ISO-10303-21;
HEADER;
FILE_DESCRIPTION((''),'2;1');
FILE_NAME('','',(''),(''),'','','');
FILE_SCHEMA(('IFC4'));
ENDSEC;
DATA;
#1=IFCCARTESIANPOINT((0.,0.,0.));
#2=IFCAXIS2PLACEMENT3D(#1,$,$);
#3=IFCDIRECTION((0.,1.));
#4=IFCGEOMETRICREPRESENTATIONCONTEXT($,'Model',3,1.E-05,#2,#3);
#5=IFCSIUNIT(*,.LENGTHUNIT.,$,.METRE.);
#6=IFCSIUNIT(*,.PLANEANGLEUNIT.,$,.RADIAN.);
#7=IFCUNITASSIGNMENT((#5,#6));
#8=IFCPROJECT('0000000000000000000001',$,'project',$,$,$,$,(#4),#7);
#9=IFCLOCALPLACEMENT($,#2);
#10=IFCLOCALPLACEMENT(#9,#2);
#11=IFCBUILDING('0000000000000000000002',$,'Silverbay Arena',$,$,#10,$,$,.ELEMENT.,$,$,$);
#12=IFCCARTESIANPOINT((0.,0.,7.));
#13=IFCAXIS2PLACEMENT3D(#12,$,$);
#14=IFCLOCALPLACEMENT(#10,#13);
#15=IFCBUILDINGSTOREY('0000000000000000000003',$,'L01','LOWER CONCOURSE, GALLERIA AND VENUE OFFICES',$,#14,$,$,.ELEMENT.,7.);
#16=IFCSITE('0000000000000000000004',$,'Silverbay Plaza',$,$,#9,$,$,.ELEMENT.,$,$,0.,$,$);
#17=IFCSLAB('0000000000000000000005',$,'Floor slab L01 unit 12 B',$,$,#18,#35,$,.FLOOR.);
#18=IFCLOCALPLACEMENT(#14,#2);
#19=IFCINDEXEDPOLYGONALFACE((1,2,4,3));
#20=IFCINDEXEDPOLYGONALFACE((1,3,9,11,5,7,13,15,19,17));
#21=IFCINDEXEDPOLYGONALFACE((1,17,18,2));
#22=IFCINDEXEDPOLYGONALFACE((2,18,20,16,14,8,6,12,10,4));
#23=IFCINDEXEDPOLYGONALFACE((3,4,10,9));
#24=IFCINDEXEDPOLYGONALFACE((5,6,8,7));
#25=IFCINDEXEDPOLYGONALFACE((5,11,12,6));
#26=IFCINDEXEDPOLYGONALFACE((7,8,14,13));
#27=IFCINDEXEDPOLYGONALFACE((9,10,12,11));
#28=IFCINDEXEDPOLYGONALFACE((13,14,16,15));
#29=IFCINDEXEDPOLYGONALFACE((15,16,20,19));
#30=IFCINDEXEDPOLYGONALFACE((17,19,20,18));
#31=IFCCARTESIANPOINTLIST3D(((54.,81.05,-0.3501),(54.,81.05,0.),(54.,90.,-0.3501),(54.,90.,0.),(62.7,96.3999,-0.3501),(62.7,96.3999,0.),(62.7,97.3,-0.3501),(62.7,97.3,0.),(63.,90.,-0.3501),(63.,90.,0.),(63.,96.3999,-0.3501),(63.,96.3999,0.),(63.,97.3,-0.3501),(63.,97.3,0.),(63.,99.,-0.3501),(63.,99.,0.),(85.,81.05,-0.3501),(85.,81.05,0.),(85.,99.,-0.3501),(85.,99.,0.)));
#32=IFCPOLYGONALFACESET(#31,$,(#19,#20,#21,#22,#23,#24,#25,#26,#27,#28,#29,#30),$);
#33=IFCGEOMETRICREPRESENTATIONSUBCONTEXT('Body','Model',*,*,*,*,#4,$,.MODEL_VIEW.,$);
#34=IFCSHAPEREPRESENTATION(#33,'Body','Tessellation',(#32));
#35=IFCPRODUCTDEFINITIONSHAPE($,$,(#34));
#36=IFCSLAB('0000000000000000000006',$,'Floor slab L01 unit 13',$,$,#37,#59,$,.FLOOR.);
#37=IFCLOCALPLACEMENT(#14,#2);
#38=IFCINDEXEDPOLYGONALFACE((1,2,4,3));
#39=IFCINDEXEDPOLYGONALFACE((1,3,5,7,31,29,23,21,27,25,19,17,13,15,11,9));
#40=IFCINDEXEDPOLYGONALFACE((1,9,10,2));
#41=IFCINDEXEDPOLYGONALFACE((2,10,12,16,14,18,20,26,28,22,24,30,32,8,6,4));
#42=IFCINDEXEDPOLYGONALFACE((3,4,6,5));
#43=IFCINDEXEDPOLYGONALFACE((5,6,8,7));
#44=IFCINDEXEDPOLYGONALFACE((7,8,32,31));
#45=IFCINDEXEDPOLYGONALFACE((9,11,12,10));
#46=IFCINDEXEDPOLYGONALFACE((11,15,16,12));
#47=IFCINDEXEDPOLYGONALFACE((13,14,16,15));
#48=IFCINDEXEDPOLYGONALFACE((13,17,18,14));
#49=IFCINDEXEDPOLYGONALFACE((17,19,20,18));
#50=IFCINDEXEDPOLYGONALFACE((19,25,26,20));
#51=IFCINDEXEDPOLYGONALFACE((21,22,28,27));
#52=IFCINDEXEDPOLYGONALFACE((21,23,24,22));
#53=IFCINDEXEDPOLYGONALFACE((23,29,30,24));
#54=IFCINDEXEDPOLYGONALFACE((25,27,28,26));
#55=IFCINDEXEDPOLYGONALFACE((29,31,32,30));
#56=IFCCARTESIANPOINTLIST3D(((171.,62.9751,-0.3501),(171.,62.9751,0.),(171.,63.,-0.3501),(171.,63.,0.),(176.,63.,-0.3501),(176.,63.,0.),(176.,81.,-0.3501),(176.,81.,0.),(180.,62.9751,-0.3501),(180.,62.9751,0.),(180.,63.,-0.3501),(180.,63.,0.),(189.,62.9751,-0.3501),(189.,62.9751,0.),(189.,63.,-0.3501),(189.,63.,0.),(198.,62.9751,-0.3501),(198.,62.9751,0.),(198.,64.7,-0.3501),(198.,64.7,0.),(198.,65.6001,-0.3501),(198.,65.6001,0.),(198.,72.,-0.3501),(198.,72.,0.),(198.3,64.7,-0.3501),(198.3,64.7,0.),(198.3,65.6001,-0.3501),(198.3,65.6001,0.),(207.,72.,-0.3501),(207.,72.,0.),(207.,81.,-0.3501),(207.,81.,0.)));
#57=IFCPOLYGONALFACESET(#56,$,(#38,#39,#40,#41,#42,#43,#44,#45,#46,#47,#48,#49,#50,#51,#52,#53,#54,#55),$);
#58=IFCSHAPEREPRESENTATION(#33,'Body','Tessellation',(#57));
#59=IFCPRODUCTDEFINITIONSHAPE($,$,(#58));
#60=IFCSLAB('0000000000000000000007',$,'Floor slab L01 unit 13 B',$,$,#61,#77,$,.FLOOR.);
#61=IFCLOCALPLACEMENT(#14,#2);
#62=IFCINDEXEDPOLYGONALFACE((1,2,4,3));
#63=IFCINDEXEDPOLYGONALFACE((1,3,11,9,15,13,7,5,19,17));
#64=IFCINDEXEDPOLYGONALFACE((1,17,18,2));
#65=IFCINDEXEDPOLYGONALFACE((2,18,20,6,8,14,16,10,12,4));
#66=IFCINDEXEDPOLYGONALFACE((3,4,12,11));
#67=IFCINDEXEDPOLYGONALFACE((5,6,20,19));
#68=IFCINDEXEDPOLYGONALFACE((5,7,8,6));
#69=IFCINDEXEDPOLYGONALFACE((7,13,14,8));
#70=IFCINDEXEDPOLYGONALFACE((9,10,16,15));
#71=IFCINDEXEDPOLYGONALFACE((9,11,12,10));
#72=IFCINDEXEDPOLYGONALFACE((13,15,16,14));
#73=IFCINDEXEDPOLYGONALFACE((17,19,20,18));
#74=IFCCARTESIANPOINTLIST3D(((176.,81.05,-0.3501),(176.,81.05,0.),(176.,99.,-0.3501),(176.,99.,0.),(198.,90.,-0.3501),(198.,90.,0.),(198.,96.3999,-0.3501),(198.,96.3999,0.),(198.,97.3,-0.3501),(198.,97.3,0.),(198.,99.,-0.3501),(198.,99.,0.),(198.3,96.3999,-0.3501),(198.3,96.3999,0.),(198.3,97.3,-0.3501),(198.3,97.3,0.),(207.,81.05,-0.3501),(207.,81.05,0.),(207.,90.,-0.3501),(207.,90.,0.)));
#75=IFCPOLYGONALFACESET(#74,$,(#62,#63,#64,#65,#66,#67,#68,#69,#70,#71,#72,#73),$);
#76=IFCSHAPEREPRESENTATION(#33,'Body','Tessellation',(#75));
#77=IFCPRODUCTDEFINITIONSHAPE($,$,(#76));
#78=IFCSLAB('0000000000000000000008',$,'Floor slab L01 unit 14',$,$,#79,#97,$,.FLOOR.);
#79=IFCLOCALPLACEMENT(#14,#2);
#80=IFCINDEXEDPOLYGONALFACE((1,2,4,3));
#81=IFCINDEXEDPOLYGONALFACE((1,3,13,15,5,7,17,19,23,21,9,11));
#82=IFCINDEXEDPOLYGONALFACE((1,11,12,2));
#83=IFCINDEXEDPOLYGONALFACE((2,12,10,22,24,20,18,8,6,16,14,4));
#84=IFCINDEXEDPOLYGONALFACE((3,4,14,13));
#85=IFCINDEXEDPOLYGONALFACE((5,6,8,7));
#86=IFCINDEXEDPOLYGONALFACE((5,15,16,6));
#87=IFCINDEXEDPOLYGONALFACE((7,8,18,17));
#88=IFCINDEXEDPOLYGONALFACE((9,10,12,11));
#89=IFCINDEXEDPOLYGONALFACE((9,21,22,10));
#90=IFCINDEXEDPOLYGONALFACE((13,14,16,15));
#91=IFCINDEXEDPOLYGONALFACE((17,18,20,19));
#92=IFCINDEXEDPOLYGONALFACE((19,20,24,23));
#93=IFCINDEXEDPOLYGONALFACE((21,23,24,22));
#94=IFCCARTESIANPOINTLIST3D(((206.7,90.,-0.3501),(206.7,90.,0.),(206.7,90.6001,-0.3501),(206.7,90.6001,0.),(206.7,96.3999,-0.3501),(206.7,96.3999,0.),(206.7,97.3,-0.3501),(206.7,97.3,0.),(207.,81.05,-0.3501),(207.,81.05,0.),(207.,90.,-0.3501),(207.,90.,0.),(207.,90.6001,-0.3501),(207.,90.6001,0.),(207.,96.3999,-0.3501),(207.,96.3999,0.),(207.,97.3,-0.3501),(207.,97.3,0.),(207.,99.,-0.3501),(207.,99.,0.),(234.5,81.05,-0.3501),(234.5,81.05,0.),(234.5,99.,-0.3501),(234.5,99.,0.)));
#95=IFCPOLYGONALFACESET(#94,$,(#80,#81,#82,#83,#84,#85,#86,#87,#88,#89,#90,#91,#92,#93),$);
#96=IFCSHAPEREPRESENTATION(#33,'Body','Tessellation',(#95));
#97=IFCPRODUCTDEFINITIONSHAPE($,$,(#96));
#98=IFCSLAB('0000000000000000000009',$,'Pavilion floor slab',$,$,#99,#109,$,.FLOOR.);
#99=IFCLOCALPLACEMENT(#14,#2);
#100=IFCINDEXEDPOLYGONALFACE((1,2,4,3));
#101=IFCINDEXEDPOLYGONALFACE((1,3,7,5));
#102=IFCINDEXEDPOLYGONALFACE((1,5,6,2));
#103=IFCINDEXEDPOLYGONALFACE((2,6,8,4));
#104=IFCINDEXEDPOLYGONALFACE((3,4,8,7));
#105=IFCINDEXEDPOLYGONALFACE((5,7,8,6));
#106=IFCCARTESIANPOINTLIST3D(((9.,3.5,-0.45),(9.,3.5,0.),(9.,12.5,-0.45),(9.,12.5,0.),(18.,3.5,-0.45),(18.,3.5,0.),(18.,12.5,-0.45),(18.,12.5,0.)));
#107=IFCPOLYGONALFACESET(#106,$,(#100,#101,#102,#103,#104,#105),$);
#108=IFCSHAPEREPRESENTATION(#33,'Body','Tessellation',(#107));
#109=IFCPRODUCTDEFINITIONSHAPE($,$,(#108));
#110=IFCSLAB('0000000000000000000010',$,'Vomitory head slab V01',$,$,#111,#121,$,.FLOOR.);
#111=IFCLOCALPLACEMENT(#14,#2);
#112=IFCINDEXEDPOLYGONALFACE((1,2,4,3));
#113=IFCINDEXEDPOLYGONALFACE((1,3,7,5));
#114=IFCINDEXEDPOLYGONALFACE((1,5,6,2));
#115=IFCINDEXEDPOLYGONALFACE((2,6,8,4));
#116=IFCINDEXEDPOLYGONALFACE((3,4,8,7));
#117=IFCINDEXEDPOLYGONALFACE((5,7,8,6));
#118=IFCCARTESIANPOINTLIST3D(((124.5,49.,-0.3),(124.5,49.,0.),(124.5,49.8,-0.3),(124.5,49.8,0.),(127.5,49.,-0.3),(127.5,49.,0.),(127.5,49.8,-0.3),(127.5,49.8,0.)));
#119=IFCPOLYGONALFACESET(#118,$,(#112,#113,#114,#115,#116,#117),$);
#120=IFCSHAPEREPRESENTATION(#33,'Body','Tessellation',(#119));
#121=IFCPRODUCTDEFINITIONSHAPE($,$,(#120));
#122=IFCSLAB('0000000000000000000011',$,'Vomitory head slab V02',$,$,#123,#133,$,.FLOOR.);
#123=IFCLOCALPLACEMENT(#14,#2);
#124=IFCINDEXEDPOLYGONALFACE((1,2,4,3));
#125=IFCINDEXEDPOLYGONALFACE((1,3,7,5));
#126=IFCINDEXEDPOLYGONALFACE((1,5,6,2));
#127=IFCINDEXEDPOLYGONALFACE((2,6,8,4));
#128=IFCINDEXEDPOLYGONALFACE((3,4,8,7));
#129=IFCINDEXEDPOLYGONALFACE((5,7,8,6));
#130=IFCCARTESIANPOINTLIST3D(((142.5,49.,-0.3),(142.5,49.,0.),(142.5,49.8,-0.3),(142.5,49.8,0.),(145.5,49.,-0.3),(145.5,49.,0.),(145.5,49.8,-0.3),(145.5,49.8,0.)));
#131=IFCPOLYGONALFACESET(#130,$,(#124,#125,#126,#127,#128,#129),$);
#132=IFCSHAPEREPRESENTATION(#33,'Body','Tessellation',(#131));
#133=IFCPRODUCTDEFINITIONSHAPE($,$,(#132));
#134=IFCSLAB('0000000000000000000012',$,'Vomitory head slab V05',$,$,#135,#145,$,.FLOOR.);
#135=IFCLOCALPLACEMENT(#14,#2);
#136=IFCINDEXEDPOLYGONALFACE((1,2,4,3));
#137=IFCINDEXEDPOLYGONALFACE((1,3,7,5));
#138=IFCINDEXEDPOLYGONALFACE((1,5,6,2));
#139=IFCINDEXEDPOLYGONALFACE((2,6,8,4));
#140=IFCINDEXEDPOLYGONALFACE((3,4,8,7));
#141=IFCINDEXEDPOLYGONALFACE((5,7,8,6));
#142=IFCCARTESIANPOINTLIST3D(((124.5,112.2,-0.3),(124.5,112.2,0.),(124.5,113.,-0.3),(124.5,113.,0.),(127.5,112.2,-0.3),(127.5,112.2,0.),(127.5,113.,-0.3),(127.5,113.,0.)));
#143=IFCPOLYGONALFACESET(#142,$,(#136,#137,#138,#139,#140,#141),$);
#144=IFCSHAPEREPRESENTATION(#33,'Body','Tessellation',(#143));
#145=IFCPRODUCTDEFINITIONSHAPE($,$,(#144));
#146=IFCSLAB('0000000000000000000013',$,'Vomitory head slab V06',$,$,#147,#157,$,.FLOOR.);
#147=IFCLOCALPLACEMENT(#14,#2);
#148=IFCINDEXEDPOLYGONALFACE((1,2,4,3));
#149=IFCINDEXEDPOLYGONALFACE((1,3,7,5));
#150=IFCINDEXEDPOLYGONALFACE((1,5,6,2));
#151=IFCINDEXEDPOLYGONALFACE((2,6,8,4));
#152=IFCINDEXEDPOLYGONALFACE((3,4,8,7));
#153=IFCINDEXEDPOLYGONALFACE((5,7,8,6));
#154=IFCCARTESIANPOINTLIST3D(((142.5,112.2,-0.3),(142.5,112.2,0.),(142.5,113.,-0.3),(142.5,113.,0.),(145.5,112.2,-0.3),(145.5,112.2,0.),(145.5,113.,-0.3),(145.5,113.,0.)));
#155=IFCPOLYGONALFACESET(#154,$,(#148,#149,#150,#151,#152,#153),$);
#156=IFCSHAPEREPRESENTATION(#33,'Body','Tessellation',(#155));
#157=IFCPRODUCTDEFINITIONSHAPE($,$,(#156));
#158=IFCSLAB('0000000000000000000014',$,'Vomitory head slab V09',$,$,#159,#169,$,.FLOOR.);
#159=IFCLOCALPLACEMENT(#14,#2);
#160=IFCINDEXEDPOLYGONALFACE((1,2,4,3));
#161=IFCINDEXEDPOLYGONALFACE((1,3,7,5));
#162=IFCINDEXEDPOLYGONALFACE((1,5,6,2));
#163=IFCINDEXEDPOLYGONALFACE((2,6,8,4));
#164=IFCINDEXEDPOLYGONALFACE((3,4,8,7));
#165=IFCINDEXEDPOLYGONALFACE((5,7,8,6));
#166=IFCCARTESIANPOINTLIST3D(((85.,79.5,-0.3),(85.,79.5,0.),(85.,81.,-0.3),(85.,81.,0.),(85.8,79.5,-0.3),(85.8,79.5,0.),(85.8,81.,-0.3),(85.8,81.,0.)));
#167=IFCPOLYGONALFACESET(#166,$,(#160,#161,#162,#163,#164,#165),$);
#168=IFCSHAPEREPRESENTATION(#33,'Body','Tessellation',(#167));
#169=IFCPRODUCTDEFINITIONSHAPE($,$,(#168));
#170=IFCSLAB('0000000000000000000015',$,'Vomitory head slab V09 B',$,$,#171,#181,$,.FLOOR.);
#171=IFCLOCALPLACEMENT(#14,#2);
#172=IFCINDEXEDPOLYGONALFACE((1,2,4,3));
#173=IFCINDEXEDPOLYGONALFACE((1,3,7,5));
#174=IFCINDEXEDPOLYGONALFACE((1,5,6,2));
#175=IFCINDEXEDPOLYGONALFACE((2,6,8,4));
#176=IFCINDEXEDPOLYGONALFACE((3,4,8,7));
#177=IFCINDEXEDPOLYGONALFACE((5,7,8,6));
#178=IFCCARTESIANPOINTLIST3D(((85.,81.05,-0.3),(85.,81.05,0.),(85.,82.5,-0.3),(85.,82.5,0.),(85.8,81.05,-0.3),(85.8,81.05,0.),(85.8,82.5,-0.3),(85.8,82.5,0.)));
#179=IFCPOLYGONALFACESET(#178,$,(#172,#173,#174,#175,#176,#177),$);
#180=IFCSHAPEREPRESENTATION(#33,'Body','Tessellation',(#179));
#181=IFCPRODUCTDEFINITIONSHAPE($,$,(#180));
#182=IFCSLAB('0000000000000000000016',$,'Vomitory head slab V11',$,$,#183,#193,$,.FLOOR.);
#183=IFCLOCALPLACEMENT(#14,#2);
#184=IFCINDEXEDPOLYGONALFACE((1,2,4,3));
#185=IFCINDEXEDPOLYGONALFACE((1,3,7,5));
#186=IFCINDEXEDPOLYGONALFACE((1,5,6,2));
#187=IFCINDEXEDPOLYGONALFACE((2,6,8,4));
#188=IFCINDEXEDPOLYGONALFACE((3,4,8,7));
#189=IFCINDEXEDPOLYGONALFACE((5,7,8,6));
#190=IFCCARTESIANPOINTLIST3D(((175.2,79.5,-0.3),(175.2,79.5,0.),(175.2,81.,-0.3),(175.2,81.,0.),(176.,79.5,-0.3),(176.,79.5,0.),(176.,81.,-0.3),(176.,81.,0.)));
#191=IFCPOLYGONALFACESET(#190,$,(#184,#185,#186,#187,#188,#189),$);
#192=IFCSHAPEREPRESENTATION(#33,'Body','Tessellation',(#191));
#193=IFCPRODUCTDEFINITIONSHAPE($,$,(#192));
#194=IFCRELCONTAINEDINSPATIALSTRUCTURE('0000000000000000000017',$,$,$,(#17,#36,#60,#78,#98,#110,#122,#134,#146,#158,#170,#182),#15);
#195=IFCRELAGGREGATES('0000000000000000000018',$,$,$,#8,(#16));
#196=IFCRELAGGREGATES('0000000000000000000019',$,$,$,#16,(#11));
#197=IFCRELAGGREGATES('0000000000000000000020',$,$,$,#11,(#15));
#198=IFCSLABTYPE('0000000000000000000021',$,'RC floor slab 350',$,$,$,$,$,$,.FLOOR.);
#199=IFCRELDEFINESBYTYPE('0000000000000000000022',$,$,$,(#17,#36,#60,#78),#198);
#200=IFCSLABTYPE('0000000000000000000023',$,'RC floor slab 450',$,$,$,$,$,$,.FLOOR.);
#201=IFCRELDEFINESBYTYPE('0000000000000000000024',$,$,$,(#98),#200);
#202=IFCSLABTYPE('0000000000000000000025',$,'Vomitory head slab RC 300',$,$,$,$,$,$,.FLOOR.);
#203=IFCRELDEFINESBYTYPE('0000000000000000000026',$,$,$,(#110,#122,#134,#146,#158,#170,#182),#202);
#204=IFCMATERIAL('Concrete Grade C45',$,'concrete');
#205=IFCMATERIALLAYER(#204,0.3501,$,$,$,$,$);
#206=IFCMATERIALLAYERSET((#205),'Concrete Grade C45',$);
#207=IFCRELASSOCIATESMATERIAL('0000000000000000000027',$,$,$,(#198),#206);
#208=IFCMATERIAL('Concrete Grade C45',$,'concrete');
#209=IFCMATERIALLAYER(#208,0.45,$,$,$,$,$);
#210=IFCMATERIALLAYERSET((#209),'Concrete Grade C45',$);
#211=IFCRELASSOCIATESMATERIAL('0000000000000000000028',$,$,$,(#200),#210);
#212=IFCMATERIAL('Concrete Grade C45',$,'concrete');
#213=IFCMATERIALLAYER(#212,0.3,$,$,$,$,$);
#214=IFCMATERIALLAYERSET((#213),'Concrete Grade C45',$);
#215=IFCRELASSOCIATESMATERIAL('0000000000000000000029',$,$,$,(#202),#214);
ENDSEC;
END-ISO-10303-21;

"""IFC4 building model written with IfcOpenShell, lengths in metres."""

from ifc_helpers import new_model, si_unit, direction, frame, origin, place, context, subcontext, project, spatial, polyline, outline, extrude, material, layer, layer_set, type_object, element, save


model = new_model("IFC4")

# Units and contexts
model_context = context("Model", 3, precision=1e-05, world=origin(), true_north=direction((0.0, 1.0)))
body_context = subcontext(model_context, "Body", "Model", "MODEL_VIEW")
ifc_project = project(units=[si_unit("LENGTHUNIT", "METRE"), si_unit("PLANEANGLEUNIT", "RADIAN")], contexts=[model_context])

# Site, building, storey
site_placement = place(None, origin())
site = spatial("IfcSite", under=ifc_project, at=site_placement, Name="Silverbay Plaza", CompositionType="ELEMENT", RefElevation=0.0)
building_placement = place(site_placement, origin())
building = spatial("IfcBuilding", under=site, at=building_placement, Name="Silverbay Arena", CompositionType="ELEMENT")
storey_placement = place(building_placement, frame((0.0, 0.0, 7.0)))
storey = spatial("IfcBuildingStorey", under=building, at=storey_placement, Name="L01", Description="LOWER CONCOURSE, GALLERIA AND VENUE OFFICES", CompositionType="ELEMENT", Elevation=7.0)

# Slabs
ifc_material_1 = material(Name="Concrete Grade C45", Category="concrete")
ifc_layer_1 = layer(ifc_material_1, 0.3501)
ifc_layer_set_1 = layer_set([ifc_layer_1], Name="Concrete Grade C45")
slab_type_1 = type_object("IfcSlabType", Name="RC floor slab 350", PredefinedType="FLOOR", material=ifc_layer_set_1)
slab_1_placement = place(storey_placement, frame((0.0, 0.0, -0.3501)))
element("IfcSlab", 1, at=slab_1_placement, inside=storey, type_object=slab_type_1, Name="Floor slab L01 unit 12 B", PredefinedType="FLOOR", context=body_context, shape_type="SweptSolid", body=[
    extrude(outline(polyline([(54.0, 90.0), (63.0, 90.0), (63.0, 96.3999), (62.7, 96.3999), (62.7, 97.3), (63.0, 97.3), (63.0, 99.0), (85.0, 99.0), (85.0, 81.05), (54.0, 81.05), (54.0, 90.0)])), origin(), (0.0, 0.0, 1.0), 0.3501),
])
slab_2_placement = place(storey_placement, frame((0.0, 0.0, -0.3501)))
element("IfcSlab", 2, at=slab_2_placement, inside=storey, type_object=slab_type_1, Name="Floor slab L01 unit 13", PredefinedType="FLOOR", context=body_context, shape_type="SweptSolid", body=[
    extrude(outline(polyline([(171.0, 63.0), (176.0, 63.0), (176.0, 81.0), (207.0, 81.0), (207.0, 72.0), (198.0, 72.0), (198.0, 65.6001), (198.3, 65.6001), (198.3, 64.7), (198.0, 64.7), (198.0, 62.9751), (189.0, 62.9751), (189.0, 63.0), (180.0, 63.0), (180.0, 62.9751), (171.0, 62.9751), (171.0, 63.0)])), origin(), (0.0, 0.0, 1.0), 0.3501),
])
slab_3_placement = place(storey_placement, frame((0.0, 0.0, -0.3501)))
element("IfcSlab", 3, at=slab_3_placement, inside=storey, type_object=slab_type_1, Name="Floor slab L01 unit 13 B", PredefinedType="FLOOR", context=body_context, shape_type="SweptSolid", body=[
    extrude(outline(polyline([(176.0, 99.0), (198.0, 99.0), (198.0, 97.3), (198.3, 97.3), (198.3, 96.3999), (198.0, 96.3999), (198.0, 90.0), (207.0, 90.0), (207.0, 81.05), (176.0, 81.05), (176.0, 99.0)])), origin(), (0.0, 0.0, 1.0), 0.3501),
])
slab_4_placement = place(storey_placement, frame((0.0, 0.0, -0.3501)))
element("IfcSlab", 4, at=slab_4_placement, inside=storey, type_object=slab_type_1, Name="Floor slab L01 unit 14", PredefinedType="FLOOR", context=body_context, shape_type="SweptSolid", body=[
    extrude(outline(polyline([(207.0, 90.0), (206.7, 90.0), (206.7, 90.6001), (207.0, 90.6001), (207.0, 96.3999), (206.7, 96.3999), (206.7, 97.3), (207.0, 97.3), (207.0, 99.0), (234.5, 99.0), (234.5, 81.05), (207.0, 81.05), (207.0, 90.0)])), origin(), (0.0, 0.0, 1.0), 0.3501),
])
ifc_material_2 = material(Name="Concrete Grade C45", Category="concrete")
ifc_layer_2 = layer(ifc_material_2, 0.45)
ifc_layer_set_2 = layer_set([ifc_layer_2], Name="Concrete Grade C45")
slab_type_2 = type_object("IfcSlabType", Name="RC floor slab 450", PredefinedType="FLOOR", material=ifc_layer_set_2)
slab_5_placement = place(storey_placement, frame((0.0, 0.0, -0.45)))
element("IfcSlab", 5, at=slab_5_placement, inside=storey, type_object=slab_type_2, Name="Pavilion floor slab", PredefinedType="FLOOR", context=body_context, shape_type="SweptSolid", body=[
    extrude(outline(polyline([(9.0, 3.5), (18.0, 3.5), (18.0, 12.5), (9.0, 12.5), (9.0, 3.5)])), origin(), (0.0, 0.0, 1.0), 0.45),
])
ifc_material_3 = material(Name="Concrete Grade C45", Category="concrete")
ifc_layer_3 = layer(ifc_material_3, 0.3)
ifc_layer_set_3 = layer_set([ifc_layer_3], Name="Concrete Grade C45")
slab_type_3 = type_object("IfcSlabType", Name="Vomitory head slab RC 300", PredefinedType="FLOOR", material=ifc_layer_set_3)
slab_6_placement = place(storey_placement, frame((0.0, 0.0, -0.3)))
element("IfcSlab", 6, at=slab_6_placement, inside=storey, type_object=slab_type_3, Name="Vomitory head slab V01", PredefinedType="FLOOR", context=body_context, shape_type="SweptSolid", body=[
    extrude(outline(polyline([(124.5, 49.0), (127.5, 49.0), (127.5, 49.8), (124.5, 49.8), (124.5, 49.0)])), origin(), (0.0, 0.0, 1.0), 0.3),
])
slab_7_placement = place(storey_placement, frame((0.0, 0.0, -0.3)))
element("IfcSlab", 7, at=slab_7_placement, inside=storey, type_object=slab_type_3, Name="Vomitory head slab V02", PredefinedType="FLOOR", context=body_context, shape_type="SweptSolid", body=[
    extrude(outline(polyline([(142.5, 49.0), (145.5, 49.0), (145.5, 49.8), (142.5, 49.8), (142.5, 49.0)])), origin(), (0.0, 0.0, 1.0), 0.3),
])
slab_8_placement = place(storey_placement, frame((0.0, 0.0, -0.3)))
element("IfcSlab", 8, at=slab_8_placement, inside=storey, type_object=slab_type_3, Name="Vomitory head slab V05", PredefinedType="FLOOR", context=body_context, shape_type="SweptSolid", body=[
    extrude(outline(polyline([(124.5, 112.2), (127.5, 112.2), (127.5, 113.0), (124.5, 113.0), (124.5, 112.2)])), origin(), (0.0, 0.0, 1.0), 0.3),
])
slab_9_placement = place(storey_placement, frame((0.0, 0.0, -0.3)))
element("IfcSlab", 9, at=slab_9_placement, inside=storey, type_object=slab_type_3, Name="Vomitory head slab V06", PredefinedType="FLOOR", context=body_context, shape_type="SweptSolid", body=[
    extrude(outline(polyline([(142.5, 112.2), (145.5, 112.2), (145.5, 113.0), (142.5, 113.0), (142.5, 112.2)])), origin(), (0.0, 0.0, 1.0), 0.3),
])
slab_10_placement = place(storey_placement, frame((0.0, 0.0, -0.3)))
element("IfcSlab", 10, at=slab_10_placement, inside=storey, type_object=slab_type_3, Name="Vomitory head slab V09", PredefinedType="FLOOR", context=body_context, shape_type="SweptSolid", body=[
    extrude(outline(polyline([(85.0, 79.5), (85.8, 79.5), (85.8, 81.0), (85.0, 81.0), (85.0, 79.5)])), origin(), (0.0, 0.0, 1.0), 0.3),
])
slab_11_placement = place(storey_placement, frame((0.0, 0.0, -0.3)))
element("IfcSlab", 11, at=slab_11_placement, inside=storey, type_object=slab_type_3, Name="Vomitory head slab V09 B", PredefinedType="FLOOR", context=body_context, shape_type="SweptSolid", body=[
    extrude(outline(polyline([(85.0, 81.05), (85.8, 81.05), (85.8, 82.5), (85.0, 82.5), (85.0, 81.05)])), origin(), (0.0, 0.0, 1.0), 0.3),
])
slab_12_placement = place(storey_placement, frame((0.0, 0.0, -0.3)))
element("IfcSlab", 12, at=slab_12_placement, inside=storey, type_object=slab_type_3, Name="Vomitory head slab V11", PredefinedType="FLOOR", context=body_context, shape_type="SweptSolid", body=[
    extrude(outline(polyline([(175.2, 79.5), (176.0, 79.5), (176.0, 81.0), (175.2, 81.0), (175.2, 79.5)])), origin(), (0.0, 0.0, 1.0), 0.3),
])

save(model, "model.ifc")
